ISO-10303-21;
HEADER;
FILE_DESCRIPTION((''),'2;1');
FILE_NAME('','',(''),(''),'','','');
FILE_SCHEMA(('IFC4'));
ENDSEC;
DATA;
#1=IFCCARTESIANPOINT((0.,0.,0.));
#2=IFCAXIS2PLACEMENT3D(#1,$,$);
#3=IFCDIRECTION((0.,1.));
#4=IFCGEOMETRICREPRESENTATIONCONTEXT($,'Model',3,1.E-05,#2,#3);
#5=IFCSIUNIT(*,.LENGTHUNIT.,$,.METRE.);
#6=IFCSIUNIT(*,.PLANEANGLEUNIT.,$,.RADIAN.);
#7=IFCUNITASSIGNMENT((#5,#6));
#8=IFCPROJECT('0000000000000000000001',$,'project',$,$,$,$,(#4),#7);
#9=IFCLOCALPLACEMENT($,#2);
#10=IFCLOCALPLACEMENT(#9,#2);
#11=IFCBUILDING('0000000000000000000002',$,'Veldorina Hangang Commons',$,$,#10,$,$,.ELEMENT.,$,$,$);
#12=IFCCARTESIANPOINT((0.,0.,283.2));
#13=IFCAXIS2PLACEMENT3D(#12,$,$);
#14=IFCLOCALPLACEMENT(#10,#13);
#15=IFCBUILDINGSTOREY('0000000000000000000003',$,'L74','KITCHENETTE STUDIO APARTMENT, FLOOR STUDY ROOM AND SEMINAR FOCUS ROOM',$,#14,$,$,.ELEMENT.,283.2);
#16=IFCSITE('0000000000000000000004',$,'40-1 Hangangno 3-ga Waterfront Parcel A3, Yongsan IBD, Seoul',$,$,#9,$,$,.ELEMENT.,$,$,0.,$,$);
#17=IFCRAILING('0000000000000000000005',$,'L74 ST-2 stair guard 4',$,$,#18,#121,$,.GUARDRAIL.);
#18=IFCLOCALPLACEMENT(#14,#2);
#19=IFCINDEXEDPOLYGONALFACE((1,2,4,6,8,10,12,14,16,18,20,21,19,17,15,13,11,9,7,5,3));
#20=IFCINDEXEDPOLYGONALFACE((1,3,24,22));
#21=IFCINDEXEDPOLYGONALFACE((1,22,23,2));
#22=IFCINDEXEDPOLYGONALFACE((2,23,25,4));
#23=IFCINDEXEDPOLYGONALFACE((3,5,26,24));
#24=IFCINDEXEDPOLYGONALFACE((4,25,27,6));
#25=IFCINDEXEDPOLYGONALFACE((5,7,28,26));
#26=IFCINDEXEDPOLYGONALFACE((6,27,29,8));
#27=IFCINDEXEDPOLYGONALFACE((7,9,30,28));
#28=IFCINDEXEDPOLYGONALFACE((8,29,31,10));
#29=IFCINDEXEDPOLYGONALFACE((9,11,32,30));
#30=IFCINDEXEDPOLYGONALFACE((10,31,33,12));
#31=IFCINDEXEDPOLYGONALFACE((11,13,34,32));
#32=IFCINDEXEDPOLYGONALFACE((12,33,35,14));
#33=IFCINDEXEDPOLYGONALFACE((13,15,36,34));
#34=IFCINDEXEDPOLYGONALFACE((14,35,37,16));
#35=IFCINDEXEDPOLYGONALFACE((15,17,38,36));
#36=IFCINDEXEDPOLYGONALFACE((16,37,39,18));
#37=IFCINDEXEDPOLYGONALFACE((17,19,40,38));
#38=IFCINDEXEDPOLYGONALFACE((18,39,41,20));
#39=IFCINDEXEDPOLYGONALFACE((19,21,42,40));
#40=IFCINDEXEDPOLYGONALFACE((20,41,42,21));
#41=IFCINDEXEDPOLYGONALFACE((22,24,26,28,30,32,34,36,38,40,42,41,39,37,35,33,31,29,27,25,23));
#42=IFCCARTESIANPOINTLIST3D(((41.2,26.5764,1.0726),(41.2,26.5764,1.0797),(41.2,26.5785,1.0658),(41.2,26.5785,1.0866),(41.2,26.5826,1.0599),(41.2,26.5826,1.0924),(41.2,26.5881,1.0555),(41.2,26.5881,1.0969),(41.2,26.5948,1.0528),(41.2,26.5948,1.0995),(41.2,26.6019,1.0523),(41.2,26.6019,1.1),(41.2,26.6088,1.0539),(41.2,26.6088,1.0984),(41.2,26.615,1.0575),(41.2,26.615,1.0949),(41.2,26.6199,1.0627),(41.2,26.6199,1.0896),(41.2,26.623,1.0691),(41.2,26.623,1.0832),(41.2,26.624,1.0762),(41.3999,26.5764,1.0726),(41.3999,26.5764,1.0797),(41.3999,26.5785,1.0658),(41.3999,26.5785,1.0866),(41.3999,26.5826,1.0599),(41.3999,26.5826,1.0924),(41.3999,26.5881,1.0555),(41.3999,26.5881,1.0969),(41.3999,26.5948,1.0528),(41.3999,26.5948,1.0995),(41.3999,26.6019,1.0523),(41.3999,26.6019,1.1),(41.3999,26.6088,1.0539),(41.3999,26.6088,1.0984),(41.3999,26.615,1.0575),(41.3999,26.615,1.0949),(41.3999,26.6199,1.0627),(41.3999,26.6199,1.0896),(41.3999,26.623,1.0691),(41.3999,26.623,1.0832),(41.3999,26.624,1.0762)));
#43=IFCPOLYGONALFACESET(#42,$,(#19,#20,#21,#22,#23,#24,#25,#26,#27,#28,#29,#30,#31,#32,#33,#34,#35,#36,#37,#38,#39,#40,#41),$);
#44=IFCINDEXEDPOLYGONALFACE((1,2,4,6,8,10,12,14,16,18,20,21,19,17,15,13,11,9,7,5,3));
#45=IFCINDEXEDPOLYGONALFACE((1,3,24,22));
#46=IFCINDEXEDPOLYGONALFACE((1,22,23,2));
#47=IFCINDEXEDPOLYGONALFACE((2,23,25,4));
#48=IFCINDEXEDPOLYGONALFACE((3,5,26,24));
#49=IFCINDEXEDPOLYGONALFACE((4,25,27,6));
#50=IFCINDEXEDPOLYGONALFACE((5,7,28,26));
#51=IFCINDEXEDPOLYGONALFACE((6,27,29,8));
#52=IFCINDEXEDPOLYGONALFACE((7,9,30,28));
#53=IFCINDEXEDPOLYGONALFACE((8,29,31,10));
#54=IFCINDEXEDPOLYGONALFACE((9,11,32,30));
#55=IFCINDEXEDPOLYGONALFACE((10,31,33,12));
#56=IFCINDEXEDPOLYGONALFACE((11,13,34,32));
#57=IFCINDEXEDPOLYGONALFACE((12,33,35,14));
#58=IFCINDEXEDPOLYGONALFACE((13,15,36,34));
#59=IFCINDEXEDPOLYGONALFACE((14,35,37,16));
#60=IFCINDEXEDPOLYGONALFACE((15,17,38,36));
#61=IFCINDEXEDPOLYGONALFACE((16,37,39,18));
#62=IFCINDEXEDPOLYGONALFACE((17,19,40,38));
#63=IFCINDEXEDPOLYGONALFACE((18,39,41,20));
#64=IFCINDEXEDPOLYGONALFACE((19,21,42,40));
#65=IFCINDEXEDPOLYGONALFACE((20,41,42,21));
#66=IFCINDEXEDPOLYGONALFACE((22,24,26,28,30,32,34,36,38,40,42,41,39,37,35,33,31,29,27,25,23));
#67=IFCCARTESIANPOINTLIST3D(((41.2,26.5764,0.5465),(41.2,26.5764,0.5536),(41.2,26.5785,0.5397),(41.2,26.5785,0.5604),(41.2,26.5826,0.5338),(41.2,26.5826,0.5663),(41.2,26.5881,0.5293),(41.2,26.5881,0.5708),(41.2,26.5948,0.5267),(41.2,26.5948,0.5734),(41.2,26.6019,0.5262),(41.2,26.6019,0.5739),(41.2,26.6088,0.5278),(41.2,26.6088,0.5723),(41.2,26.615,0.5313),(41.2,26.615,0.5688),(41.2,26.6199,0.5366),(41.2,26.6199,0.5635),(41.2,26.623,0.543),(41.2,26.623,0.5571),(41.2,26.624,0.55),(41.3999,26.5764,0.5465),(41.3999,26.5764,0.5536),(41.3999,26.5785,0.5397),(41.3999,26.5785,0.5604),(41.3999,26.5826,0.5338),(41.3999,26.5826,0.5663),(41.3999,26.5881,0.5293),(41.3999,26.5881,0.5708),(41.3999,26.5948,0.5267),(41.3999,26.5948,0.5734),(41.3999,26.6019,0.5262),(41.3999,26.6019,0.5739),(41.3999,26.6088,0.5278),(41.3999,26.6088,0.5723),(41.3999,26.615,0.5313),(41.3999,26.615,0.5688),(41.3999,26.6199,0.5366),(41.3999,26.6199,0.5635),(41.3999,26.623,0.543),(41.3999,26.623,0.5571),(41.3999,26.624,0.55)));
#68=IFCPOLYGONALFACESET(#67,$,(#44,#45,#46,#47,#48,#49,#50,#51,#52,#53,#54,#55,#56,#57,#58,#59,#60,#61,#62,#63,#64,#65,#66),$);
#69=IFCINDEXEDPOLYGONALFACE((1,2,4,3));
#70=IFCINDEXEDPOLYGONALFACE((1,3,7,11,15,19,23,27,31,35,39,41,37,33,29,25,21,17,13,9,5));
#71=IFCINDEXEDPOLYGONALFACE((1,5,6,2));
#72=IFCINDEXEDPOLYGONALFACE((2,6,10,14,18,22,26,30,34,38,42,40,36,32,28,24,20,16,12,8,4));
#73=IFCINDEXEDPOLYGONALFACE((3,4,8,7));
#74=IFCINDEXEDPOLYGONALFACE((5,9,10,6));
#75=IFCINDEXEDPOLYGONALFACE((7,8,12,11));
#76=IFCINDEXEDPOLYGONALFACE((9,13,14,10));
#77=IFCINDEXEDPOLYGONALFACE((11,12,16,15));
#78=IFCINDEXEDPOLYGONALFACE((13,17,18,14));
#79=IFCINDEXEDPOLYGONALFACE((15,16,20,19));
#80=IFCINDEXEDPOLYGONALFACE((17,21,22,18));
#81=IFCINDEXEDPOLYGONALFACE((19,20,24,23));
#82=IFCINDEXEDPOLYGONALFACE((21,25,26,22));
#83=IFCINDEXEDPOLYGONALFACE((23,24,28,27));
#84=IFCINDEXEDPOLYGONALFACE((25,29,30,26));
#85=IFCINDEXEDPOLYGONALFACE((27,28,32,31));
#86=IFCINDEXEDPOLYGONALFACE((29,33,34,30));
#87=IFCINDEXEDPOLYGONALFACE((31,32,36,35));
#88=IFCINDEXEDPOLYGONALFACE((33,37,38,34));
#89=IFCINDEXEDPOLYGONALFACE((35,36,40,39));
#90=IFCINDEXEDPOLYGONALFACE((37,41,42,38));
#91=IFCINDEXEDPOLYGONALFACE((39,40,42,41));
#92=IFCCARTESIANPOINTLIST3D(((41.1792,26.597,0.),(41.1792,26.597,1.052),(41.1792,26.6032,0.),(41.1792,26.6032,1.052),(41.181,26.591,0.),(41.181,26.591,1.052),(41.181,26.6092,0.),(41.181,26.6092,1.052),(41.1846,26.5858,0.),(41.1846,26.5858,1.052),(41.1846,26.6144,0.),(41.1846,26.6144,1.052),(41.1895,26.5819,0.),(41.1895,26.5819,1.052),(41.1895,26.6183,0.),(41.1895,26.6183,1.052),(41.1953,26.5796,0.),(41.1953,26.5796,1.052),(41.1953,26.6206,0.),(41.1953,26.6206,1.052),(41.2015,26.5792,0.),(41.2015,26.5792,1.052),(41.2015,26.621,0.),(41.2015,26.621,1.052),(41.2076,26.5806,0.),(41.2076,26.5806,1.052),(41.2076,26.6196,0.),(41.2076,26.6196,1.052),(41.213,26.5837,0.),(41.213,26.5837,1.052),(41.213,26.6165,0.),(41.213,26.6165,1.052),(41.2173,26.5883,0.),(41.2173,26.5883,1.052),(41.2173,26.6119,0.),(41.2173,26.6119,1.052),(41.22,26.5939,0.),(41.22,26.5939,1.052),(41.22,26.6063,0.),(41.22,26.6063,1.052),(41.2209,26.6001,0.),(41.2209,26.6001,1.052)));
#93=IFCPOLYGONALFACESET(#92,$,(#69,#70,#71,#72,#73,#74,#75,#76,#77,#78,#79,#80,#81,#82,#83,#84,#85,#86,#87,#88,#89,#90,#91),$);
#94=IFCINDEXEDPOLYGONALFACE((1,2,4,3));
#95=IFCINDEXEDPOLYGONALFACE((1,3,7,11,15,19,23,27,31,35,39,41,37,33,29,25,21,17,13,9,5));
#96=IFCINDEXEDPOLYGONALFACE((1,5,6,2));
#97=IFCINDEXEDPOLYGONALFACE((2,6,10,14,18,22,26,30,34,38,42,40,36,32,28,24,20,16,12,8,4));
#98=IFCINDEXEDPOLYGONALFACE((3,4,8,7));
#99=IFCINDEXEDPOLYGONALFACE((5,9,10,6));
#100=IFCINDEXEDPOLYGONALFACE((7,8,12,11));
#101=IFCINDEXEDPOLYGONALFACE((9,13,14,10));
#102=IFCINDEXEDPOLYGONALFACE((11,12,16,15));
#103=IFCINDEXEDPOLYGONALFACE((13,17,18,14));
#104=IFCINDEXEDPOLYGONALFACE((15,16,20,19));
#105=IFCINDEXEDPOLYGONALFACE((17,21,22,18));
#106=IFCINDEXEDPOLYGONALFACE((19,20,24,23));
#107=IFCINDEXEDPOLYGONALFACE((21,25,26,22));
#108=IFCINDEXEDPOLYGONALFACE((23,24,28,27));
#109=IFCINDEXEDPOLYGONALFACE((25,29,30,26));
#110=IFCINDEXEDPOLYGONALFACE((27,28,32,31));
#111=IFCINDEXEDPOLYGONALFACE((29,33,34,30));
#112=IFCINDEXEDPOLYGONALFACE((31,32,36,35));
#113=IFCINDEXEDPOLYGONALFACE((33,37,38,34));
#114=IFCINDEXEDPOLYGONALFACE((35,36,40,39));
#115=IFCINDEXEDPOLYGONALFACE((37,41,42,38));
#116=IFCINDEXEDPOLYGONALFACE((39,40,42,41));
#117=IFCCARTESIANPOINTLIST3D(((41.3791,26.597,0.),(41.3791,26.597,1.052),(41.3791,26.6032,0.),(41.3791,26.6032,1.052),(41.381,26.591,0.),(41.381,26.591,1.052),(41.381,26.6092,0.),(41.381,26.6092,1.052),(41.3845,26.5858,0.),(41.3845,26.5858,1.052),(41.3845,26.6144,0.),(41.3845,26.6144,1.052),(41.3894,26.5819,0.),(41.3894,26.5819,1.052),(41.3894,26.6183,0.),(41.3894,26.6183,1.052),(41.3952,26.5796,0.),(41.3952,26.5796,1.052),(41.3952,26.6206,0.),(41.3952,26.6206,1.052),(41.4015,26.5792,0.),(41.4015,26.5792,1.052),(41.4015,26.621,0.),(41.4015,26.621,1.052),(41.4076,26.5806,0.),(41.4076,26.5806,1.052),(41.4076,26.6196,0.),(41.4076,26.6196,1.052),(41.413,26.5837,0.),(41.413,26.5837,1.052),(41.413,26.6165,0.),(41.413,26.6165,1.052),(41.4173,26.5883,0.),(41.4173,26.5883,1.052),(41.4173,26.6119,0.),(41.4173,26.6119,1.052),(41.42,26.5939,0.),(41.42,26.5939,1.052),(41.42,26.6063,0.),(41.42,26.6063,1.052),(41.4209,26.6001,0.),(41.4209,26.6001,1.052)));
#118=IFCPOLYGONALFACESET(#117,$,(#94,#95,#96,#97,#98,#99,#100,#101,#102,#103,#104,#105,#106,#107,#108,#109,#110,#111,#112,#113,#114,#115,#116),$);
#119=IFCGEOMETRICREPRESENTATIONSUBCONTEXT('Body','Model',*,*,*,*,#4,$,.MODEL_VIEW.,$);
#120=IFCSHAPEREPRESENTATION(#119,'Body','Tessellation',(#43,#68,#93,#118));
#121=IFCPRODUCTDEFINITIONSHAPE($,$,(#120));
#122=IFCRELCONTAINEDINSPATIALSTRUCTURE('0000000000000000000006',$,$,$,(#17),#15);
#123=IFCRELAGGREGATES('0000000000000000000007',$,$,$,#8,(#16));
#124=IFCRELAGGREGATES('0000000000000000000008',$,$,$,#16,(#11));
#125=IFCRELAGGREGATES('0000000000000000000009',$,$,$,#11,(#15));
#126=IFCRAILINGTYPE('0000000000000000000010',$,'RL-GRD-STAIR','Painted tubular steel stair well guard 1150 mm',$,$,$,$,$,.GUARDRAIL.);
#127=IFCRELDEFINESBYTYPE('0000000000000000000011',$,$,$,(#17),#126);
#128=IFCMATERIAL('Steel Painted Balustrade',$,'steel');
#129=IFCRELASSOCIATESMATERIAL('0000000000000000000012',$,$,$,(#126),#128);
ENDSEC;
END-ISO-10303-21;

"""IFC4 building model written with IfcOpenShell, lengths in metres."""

from ifc_helpers import new_model, si_unit, direction, frame, origin, origin_2d, place, context, subcontext, project, spatial, circle, extrude, material, type_object, element, save


model = new_model("IFC4")

# Units and contexts
model_context = context("Model", 3, precision=1e-05, world=origin(), true_north=direction((0.0, 1.0)))
body_context = subcontext(model_context, "Body", "Model", "MODEL_VIEW")
ifc_project = project(units=[si_unit("LENGTHUNIT", "METRE"), si_unit("PLANEANGLEUNIT", "RADIAN")], contexts=[model_context])

# Site, building, storey
site_placement = place(None, origin())
site = spatial("IfcSite", under=ifc_project, at=site_placement, Name="40-1 Hangangno 3-ga Waterfront Parcel A3, Yongsan IBD, Seoul", CompositionType="ELEMENT", RefElevation=0.0)
building_placement = place(site_placement, origin())
building = spatial("IfcBuilding", under=site, at=building_placement, Name="Veldorina Hangang Commons", CompositionType="ELEMENT")
storey_placement = place(building_placement, frame((0.0, 0.0, 283.2)))
storey = spatial("IfcBuildingStorey", under=building, at=storey_placement, Name="L74", Description="KITCHENETTE STUDIO APARTMENT, FLOOR STUDY ROOM AND SEMINAR FOCUS ROOM", CompositionType="ELEMENT", Elevation=283.2)

# Railing
ifc_material_1 = material(Name="Steel Painted Balustrade", Category="steel")
railing_type_1 = type_object("IfcRailingType", Name="RL-GRD-STAIR", Description="Painted tubular steel stair well guard 1150 mm", PredefinedType="GUARDRAIL", material=ifc_material_1)
railing_1_placement = place(storey_placement, frame((41.2, 26.6001, 0.0)))
element("IfcRailing", 1, at=railing_1_placement, inside=storey, type_object=railing_type_1, Name="L74 ST-2 stair guard 4", PredefinedType="GUARDRAIL", context=body_context, shape_type="SweptSolid", body=[
    extrude(circle(Radius=0.0239, at=origin_2d()), frame((0.0, 0.0, 1.0762), z_axis=(1.0, 0.0, 0.0), x_axis=(0.0, 1.0, 0.0)), (0.0, 0.0, 1.0), 0.2),
    extrude(circle(Radius=0.0239, at=origin_2d()), frame((0.0, 0.0, 0.55), z_axis=(1.0, 0.0, 0.0), x_axis=(0.0, 1.0, 0.0)), (0.0, 0.0, 1.0), 0.2),
    extrude(circle(Radius=0.021, at=origin_2d()), origin(), (0.0, 0.0, 1.0), 1.052),
    extrude(circle(Radius=0.021, at=origin_2d()), frame((0.2, 0.0, 0.0)), (0.0, 0.0, 1.0), 1.052),
])

save(model, "model.ifc")
